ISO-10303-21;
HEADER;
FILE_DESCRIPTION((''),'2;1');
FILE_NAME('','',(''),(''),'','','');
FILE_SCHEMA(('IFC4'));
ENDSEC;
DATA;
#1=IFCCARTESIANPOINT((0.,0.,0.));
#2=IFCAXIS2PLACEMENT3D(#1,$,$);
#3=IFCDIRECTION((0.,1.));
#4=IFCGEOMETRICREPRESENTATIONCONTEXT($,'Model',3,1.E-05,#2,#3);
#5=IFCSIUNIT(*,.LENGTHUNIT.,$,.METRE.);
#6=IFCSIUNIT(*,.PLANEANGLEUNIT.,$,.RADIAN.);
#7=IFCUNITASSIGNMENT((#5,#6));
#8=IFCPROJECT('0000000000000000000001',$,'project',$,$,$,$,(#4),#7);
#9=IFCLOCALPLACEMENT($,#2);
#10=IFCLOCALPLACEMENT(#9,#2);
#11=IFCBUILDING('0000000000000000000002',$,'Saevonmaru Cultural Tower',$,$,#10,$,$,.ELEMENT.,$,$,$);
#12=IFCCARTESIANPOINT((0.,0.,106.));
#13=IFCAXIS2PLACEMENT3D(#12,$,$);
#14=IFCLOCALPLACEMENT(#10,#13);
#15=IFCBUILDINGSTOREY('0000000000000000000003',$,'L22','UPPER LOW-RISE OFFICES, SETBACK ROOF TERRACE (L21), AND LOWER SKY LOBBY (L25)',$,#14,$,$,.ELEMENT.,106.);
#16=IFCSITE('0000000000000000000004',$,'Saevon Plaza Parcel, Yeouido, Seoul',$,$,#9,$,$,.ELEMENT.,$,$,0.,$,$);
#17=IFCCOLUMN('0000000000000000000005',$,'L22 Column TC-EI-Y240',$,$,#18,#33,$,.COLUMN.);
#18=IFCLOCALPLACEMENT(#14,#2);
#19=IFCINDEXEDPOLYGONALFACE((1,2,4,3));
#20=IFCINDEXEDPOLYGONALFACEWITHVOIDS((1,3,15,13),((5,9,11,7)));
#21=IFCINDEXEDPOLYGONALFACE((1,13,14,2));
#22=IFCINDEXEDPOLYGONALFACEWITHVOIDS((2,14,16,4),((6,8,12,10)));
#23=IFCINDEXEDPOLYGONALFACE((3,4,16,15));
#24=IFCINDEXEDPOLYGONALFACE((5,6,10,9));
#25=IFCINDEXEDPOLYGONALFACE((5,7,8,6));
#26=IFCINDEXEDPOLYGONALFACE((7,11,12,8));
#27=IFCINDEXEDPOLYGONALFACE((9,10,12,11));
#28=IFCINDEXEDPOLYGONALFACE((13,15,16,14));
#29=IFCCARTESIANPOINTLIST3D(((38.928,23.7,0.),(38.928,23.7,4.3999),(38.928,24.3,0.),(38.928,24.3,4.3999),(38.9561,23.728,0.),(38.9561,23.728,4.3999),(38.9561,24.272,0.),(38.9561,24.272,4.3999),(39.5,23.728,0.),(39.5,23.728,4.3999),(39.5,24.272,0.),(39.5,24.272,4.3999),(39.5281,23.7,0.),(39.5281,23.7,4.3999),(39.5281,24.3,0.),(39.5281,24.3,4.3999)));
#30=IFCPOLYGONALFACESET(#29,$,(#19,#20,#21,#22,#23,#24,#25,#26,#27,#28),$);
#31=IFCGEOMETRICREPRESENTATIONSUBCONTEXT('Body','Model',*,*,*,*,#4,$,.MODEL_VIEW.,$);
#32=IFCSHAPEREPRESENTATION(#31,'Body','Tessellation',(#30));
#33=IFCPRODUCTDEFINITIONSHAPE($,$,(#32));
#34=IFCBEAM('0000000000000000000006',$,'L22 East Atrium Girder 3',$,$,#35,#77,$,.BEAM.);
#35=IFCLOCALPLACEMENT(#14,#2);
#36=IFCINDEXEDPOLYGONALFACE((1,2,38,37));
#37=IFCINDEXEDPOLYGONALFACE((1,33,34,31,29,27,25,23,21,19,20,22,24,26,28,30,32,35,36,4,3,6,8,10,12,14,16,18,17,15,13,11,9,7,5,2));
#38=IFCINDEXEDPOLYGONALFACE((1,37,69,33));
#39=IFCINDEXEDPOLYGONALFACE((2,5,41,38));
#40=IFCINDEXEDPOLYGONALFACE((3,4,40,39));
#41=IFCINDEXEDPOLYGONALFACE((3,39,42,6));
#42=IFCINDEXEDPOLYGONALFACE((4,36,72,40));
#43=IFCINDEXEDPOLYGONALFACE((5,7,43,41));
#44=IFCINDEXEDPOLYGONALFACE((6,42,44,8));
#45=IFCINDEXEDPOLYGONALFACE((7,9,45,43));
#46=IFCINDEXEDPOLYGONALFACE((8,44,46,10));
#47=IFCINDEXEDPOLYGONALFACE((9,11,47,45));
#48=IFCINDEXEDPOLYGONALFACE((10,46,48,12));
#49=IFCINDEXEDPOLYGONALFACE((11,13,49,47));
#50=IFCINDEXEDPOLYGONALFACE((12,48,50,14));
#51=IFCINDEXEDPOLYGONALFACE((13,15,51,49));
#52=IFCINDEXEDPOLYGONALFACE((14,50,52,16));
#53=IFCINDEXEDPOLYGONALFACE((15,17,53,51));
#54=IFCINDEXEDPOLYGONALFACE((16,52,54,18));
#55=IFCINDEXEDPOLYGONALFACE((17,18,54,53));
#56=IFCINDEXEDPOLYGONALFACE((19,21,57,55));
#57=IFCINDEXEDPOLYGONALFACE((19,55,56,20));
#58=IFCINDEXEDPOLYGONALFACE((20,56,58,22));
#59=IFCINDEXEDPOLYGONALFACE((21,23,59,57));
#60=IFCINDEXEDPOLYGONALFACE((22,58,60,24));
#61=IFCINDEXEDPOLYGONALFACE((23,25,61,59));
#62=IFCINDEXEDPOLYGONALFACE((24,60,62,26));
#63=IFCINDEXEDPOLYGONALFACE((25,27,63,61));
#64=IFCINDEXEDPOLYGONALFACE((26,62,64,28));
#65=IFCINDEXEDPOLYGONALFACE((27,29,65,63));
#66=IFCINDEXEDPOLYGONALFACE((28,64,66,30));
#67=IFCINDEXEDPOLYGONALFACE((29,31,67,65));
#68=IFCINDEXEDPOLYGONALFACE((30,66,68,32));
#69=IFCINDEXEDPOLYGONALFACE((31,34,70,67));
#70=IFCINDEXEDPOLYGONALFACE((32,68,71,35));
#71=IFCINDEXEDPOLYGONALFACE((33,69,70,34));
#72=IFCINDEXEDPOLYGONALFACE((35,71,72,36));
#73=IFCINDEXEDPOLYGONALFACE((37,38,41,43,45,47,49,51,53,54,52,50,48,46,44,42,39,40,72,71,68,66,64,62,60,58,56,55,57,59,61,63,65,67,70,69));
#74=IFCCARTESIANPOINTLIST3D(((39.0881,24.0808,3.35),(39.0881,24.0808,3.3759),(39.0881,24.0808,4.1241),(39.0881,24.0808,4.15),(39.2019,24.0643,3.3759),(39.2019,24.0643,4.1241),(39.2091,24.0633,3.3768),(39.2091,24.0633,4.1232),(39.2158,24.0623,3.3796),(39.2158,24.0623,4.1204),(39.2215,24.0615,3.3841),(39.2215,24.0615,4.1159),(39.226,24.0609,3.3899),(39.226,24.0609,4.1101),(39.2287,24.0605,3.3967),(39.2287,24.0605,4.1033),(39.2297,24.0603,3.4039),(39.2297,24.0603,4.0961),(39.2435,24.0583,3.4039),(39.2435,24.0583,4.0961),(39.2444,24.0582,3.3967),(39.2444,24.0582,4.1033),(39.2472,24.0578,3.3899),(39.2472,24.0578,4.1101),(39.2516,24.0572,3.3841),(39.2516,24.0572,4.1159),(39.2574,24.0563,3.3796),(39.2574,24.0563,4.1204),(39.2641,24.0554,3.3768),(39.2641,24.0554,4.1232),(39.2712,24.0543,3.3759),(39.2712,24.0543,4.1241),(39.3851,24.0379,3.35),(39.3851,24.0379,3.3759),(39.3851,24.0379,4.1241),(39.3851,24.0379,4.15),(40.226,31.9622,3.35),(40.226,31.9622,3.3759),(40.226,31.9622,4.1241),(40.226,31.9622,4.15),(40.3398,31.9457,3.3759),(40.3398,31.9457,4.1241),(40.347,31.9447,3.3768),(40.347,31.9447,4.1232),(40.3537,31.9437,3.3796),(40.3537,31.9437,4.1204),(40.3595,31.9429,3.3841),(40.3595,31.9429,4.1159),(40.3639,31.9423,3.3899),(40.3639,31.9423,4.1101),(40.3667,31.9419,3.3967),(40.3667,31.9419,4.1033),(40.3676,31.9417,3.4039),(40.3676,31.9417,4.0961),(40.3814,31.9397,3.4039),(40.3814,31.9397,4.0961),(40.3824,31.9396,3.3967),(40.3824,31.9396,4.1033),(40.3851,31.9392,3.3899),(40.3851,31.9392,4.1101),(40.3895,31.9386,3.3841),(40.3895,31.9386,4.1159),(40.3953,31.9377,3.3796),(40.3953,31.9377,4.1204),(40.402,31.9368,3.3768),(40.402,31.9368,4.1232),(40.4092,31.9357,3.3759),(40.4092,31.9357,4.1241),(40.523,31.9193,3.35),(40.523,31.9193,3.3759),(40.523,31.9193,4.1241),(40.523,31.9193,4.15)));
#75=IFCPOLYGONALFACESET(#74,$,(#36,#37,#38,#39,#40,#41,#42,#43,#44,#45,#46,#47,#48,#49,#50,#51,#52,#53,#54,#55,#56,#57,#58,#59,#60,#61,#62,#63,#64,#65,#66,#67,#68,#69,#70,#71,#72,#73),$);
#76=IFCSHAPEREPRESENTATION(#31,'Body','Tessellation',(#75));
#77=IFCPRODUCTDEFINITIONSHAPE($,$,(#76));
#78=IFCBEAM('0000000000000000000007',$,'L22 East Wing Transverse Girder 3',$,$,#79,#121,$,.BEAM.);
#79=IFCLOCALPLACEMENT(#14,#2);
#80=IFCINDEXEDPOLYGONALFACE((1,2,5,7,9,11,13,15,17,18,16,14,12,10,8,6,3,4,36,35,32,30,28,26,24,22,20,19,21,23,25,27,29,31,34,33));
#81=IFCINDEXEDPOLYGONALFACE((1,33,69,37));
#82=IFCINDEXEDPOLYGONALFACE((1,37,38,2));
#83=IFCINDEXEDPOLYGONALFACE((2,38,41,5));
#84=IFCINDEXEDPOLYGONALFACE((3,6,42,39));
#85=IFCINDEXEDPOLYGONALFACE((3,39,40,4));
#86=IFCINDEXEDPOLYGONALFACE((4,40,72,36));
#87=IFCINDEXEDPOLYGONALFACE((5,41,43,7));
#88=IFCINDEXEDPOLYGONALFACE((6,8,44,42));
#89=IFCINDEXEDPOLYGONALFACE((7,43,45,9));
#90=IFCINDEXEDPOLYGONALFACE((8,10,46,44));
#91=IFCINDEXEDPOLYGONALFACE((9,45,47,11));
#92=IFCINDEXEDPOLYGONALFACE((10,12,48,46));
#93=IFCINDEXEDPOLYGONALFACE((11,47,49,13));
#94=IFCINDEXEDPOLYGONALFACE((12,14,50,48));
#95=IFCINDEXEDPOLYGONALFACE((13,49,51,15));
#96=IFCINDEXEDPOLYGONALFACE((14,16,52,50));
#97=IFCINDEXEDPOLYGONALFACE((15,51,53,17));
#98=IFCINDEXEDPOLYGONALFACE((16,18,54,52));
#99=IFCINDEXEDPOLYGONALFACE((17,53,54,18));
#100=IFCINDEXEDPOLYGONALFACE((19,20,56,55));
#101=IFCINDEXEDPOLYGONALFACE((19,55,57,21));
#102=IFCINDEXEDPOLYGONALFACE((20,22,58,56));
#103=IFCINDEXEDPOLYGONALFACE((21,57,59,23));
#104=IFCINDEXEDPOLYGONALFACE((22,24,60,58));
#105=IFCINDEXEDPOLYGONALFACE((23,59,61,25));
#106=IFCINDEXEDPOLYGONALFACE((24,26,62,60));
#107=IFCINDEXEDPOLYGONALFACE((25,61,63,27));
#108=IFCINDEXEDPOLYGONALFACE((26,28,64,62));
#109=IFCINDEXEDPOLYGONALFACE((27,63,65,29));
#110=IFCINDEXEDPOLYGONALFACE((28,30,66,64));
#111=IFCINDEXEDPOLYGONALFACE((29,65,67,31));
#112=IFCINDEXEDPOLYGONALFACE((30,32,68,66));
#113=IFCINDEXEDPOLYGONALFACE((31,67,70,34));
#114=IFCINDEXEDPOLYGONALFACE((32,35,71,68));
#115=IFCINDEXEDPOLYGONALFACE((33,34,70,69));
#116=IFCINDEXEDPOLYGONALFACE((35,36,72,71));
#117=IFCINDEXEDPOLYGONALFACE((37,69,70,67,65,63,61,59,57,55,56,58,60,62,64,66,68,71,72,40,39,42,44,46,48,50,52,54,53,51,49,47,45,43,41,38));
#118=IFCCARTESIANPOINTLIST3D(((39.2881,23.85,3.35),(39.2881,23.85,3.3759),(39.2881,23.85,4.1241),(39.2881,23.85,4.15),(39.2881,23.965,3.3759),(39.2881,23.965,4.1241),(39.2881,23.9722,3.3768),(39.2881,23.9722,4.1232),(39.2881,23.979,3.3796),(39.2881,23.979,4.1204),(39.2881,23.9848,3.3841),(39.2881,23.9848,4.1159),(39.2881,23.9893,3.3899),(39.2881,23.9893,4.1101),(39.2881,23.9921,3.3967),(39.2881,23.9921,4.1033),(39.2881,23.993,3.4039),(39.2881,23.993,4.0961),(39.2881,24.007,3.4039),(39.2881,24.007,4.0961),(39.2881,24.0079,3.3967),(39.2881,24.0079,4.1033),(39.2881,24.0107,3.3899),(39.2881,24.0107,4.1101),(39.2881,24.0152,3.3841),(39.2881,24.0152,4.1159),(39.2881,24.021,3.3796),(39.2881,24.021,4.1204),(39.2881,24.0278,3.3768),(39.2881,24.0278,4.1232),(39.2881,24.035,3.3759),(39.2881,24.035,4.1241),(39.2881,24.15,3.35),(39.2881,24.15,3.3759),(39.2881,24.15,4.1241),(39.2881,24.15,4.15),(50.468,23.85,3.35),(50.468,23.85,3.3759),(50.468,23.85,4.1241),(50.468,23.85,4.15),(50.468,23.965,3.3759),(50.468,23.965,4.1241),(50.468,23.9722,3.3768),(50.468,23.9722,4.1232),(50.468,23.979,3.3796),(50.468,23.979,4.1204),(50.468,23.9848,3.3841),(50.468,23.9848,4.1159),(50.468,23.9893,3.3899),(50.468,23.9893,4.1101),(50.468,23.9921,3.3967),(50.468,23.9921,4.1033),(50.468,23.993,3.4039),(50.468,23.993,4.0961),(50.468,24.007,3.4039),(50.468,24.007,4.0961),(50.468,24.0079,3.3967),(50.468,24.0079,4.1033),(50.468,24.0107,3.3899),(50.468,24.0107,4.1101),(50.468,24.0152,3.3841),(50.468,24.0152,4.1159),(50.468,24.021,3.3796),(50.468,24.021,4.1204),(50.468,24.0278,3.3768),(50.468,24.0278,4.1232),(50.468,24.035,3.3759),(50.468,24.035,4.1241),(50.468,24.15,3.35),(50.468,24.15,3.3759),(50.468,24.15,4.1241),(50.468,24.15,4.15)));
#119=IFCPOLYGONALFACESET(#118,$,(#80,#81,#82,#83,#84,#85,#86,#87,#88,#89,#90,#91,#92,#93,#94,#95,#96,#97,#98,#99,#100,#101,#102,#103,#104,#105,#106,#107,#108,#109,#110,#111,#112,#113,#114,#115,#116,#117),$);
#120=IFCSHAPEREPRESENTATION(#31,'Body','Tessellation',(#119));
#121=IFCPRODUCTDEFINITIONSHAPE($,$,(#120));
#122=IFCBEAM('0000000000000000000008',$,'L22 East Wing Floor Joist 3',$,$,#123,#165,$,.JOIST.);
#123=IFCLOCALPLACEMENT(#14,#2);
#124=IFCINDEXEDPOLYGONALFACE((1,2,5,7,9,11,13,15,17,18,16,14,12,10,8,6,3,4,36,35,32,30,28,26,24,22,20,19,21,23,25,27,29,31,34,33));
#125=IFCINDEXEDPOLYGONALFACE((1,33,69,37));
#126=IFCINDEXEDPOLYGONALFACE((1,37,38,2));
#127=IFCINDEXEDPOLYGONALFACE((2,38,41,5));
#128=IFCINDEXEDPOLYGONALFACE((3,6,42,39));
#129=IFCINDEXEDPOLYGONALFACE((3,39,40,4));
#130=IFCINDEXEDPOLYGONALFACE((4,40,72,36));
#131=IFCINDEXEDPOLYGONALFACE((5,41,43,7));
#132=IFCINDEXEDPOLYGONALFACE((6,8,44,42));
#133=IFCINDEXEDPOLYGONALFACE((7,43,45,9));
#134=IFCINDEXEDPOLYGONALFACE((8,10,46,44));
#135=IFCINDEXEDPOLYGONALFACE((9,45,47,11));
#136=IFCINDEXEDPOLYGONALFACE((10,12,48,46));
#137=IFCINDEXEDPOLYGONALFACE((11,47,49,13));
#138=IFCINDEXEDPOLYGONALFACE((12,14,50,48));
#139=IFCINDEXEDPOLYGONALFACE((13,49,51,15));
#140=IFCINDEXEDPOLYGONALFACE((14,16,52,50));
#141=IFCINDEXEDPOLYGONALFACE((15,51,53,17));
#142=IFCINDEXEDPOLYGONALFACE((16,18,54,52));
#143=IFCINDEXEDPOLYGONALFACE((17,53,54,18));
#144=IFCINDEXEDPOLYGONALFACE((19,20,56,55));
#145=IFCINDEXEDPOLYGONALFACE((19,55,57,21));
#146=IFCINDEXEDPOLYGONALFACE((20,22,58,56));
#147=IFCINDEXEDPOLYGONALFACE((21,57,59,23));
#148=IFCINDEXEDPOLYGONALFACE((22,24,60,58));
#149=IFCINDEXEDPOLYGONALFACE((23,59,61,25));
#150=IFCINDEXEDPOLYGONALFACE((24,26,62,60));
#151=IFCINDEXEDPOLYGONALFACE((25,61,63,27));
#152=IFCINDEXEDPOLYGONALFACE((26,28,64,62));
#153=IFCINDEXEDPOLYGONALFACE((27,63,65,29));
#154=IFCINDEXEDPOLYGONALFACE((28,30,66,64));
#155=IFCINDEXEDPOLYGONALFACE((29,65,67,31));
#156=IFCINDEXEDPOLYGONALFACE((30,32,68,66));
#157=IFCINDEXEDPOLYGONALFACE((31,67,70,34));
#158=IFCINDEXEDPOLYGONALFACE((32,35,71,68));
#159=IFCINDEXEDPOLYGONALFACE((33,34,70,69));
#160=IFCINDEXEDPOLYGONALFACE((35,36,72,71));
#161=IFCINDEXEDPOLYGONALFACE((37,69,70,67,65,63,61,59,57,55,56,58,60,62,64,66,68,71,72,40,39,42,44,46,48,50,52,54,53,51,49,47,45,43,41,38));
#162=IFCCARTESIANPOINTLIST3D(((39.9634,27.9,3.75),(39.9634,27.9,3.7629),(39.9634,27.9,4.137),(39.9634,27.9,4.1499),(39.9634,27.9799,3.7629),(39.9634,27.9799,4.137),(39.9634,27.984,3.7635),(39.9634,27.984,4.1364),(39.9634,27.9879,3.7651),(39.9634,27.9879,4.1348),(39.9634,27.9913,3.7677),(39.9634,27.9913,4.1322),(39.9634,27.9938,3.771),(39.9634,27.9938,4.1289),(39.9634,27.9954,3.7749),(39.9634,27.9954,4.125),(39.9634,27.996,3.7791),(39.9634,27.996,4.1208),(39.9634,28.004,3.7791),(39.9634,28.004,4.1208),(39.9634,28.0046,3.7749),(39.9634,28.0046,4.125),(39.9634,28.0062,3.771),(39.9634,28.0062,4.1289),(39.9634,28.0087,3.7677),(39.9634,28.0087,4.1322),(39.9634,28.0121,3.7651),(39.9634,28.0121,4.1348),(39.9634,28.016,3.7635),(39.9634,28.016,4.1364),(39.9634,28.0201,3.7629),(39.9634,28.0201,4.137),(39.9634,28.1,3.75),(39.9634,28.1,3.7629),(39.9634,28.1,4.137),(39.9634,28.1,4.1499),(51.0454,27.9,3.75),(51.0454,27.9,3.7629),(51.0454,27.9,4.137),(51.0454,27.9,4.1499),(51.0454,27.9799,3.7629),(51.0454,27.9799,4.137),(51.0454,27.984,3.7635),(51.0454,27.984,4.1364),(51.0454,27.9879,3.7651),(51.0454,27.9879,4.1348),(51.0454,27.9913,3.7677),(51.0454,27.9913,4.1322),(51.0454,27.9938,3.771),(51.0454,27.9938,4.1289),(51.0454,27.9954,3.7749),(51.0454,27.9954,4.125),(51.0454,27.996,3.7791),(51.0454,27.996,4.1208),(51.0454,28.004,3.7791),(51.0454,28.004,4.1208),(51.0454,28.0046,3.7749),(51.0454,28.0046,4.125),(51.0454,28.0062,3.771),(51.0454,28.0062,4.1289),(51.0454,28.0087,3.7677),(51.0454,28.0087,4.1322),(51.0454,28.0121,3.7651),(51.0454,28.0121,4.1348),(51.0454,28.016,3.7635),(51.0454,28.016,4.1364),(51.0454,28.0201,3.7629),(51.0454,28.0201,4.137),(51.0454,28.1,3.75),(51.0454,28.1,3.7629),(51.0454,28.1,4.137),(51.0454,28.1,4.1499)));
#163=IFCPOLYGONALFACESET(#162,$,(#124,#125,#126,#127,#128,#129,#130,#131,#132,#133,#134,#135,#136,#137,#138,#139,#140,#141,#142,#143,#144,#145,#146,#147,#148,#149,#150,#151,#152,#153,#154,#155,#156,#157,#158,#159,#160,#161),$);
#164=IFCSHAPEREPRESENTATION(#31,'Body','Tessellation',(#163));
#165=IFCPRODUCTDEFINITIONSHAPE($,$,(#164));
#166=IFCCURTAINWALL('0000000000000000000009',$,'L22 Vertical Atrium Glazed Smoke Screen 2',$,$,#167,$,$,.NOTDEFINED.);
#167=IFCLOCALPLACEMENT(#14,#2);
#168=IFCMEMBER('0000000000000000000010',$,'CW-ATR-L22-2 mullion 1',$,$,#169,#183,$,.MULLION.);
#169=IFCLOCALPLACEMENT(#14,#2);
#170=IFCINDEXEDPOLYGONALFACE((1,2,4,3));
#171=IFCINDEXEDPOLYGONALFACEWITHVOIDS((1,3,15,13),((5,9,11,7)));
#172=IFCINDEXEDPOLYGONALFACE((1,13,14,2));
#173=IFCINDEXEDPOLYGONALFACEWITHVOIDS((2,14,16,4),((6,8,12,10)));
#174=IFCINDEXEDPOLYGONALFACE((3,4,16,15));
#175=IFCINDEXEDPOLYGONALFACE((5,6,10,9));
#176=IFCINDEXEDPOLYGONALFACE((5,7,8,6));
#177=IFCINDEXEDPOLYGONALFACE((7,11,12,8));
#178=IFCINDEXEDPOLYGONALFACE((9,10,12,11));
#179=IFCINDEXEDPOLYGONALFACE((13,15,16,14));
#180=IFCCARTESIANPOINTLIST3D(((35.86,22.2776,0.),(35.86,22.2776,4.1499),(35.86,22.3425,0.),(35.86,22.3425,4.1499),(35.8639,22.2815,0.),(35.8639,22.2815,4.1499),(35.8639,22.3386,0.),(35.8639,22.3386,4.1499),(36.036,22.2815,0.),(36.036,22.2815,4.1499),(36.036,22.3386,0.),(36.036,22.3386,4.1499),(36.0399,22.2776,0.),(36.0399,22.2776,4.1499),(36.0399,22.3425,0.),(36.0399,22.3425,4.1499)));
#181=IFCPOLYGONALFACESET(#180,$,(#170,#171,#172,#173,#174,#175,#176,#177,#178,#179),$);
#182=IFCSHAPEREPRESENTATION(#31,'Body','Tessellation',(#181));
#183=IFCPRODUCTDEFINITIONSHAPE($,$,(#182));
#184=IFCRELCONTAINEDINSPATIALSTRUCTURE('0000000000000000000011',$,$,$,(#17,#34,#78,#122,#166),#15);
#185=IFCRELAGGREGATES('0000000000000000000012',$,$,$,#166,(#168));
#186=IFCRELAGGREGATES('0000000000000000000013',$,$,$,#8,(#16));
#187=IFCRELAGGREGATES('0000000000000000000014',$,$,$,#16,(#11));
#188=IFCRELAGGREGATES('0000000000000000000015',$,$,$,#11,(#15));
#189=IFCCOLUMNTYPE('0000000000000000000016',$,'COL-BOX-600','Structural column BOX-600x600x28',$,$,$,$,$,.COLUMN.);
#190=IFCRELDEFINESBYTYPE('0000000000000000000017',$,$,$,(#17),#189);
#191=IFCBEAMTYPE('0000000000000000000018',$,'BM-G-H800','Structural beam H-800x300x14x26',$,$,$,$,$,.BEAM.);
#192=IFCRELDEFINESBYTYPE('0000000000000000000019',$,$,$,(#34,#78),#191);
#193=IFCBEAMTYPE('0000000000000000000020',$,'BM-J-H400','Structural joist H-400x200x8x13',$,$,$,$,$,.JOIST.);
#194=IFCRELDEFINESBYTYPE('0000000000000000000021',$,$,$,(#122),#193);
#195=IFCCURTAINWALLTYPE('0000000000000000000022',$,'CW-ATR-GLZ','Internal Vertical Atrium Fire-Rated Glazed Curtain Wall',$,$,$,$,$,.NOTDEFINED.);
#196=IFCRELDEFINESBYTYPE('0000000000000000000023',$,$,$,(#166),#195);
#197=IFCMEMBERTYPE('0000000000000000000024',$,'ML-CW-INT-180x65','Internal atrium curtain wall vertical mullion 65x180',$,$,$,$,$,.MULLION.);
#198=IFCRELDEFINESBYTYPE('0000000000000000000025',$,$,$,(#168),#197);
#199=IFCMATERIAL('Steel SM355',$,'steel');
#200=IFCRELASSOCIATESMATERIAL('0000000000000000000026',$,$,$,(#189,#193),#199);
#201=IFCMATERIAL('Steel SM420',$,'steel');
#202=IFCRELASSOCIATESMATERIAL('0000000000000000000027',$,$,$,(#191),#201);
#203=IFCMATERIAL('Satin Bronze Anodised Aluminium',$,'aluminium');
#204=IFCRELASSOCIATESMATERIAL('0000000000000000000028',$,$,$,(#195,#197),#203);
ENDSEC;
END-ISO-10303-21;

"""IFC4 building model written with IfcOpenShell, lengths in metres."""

from ifc_helpers import new_model, si_unit, direction, frame, origin, origin_2d, place, context, subcontext, project, spatial, hollow_rectangle, i_section, extrude, material, material_profile, profile_set, type_object, element, aggregate, save


model = new_model("IFC4")

# Units and contexts
model_context = context("Model", 3, precision=1e-05, world=origin(), true_north=direction((0.0, 1.0)))
body_context = subcontext(model_context, "Body", "Model", "MODEL_VIEW")
ifc_project = project(units=[si_unit("LENGTHUNIT", "METRE"), si_unit("PLANEANGLEUNIT", "RADIAN")], contexts=[model_context])

# Site, building, storey
site_placement = place(None, origin())
site = spatial("IfcSite", under=ifc_project, at=site_placement, Name="Saevon Plaza Parcel, Yeouido, Seoul", CompositionType="ELEMENT", RefElevation=0.0)
building_placement = place(site_placement, origin())
building = spatial("IfcBuilding", under=site, at=building_placement, Name="Saevonmaru Cultural Tower", CompositionType="ELEMENT")
storey_placement = place(building_placement, frame((0.0, 0.0, 106.0)))
storey = spatial("IfcBuildingStorey", under=building, at=storey_placement, Name="L22", Description="UPPER LOW-RISE OFFICES, SETBACK ROOF TERRACE (L21), AND LOWER SKY LOBBY (L25)", CompositionType="ELEMENT", Elevation=106.0)

# Column
ifc_material_1 = material(Name="Steel SM355", Category="steel")
ifc_material_profile_1 = material_profile(ifc_material_1, hollow_rectangle(XDim=0.6001, YDim=0.6001, WallThickness=0.0281, at=origin_2d()), Name="BOX-600x600x28")
ifc_profile_set_1 = profile_set([ifc_material_profile_1], Name="Steel SM355")
column_type = type_object("IfcColumnType", Name="COL-BOX-600", Description="Structural column BOX-600x600x28", PredefinedType="COLUMN", material=ifc_profile_set_1)
column_placement = place(storey_placement, frame((39.228, 24.0, 0.0), z_axis=(0.0, 0.0, 1.0), x_axis=(1.0, 0.0, 0.0)))
element("IfcColumn", 1, at=column_placement, inside=storey, type_object=column_type, Name="L22 Column TC-EI-Y240", PredefinedType="COLUMN", context=body_context, shape_type="SweptSolid", body=[
    extrude(hollow_rectangle(XDim=0.6001, YDim=0.6001, WallThickness=0.0281, at=origin_2d()), origin(), (0.0, 0.0, 1.0), 4.3999),
])

# Beams
ifc_material_2 = material(Name="Steel SM420", Category="steel")
ifc_material_profile_2 = material_profile(ifc_material_2, i_section(OverallWidth=0.3, OverallDepth=0.8, WebThickness=0.0139, FlangeThickness=0.0259, FilletRadius=0.0281, at=origin_2d()), Name="H-800x300x14x26")
ifc_profile_set_2 = profile_set([ifc_material_profile_2], Name="Steel SM420")
beam_type_1 = type_object("IfcBeamType", Name="BM-G-H800", Description="Structural beam H-800x300x14x26", PredefinedType="BEAM", material=ifc_profile_set_2)
beam_1_placement = place(storey_placement, frame((39.2366, 24.0593, 3.75), z_axis=(0.142902, 0.989737, 0.0), x_axis=(-0.989737, 0.142902, 0.0)))
element("IfcBeam", 2, at=beam_1_placement, inside=storey, type_object=beam_type_1, Name="L22 East Atrium Girder 3", PredefinedType="BEAM", context=body_context, shape_type="SweptSolid", body=[
    extrude(i_section(OverallWidth=0.3, OverallDepth=0.8, WebThickness=0.0139, FlangeThickness=0.0259, FilletRadius=0.0281, at=origin_2d()), origin(), (0.0, 0.0, 1.0), 7.9631),
])
beam_2_placement = place(storey_placement, frame((39.2881, 24.0, 3.75), z_axis=(1.0, 0.0, 0.0), x_axis=(0.0, 1.0, 0.0)))
element("IfcBeam", 3, at=beam_2_placement, inside=storey, type_object=beam_type_1, Name="L22 East Wing Transverse Girder 3", PredefinedType="BEAM", context=body_context, shape_type="SweptSolid", body=[
    extrude(i_section(OverallWidth=0.3, OverallDepth=0.8, WebThickness=0.0139, FlangeThickness=0.0259, FilletRadius=0.0281, at=origin_2d()), origin(), (0.0, 0.0, 1.0), 11.1799),
])
ifc_material_profile_3 = material_profile(ifc_material_1, i_section(OverallWidth=0.2, OverallDepth=0.3999, WebThickness=0.0081, FlangeThickness=0.0129, FilletRadius=0.0161, at=origin_2d()), Name="H-400x200x8x13")
ifc_profile_set_3 = profile_set([ifc_material_profile_3], Name="Steel SM355")
beam_type_2 = type_object("IfcBeamType", Name="BM-J-H400", Description="Structural joist H-400x200x8x13", PredefinedType="JOIST", material=ifc_profile_set_3)
beam_3_placement = place(storey_placement, frame((39.9634, 28.0, 3.95), z_axis=(1.0, 0.0, 0.0), x_axis=(0.0, 1.0, 0.0)))
element("IfcBeam", 4, at=beam_3_placement, inside=storey, type_object=beam_type_2, Name="L22 East Wing Floor Joist 3", PredefinedType="JOIST", context=body_context, shape_type="SweptSolid", body=[
    extrude(i_section(OverallWidth=0.2, OverallDepth=0.3999, WebThickness=0.0081, FlangeThickness=0.0129, FilletRadius=0.0161, at=origin_2d()), origin(), (0.0, 0.0, 1.0), 11.082),
])

# Curtain wall, member
ifc_material_3 = material(Name="Satin Bronze Anodised Aluminium", Category="aluminium")
curtain_wall_type = type_object("IfcCurtainWallType", Name="CW-ATR-GLZ", Description="Internal Vertical Atrium Fire-Rated Glazed Curtain Wall", PredefinedType="NOTDEFINED", material=ifc_material_3)
curtain_wall_1_placement = place(storey_placement, origin())
curtain_wall_1 = element("IfcCurtainWall", 5, at=curtain_wall_1_placement, inside=storey, type_object=curtain_wall_type, Name="L22 Vertical Atrium Glazed Smoke Screen 2", PredefinedType="NOTDEFINED")
ifc_material_profile_4 = material_profile(ifc_material_3, hollow_rectangle(XDim=0.0649, YDim=0.1799, WallThickness=0.0039, at=origin_2d()), Name="ALU-MULL-180x65x4")
ifc_profile_set_4 = profile_set([ifc_material_profile_4], Name="Satin Bronze Anodised Aluminium")
member_type_1 = type_object("IfcMemberType", Name="ML-CW-INT-180x65", Description="Internal atrium curtain wall vertical mullion 65x180", PredefinedType="MULLION", material=ifc_profile_set_4)
member_1_placement = place(storey_placement, frame((35.95, 22.3101, 0.0), z_axis=(0.0, 0.0, 1.0), x_axis=(0.0, 1.0, 0.0)))
member_1 = element("IfcMember", 6, at=member_1_placement, type_object=member_type_1, Name="CW-ATR-L22-2 mullion 1", PredefinedType="MULLION", context=body_context, shape_type="SweptSolid", body=[
    extrude(hollow_rectangle(XDim=0.0649, YDim=0.1799, WallThickness=0.0039, at=origin_2d()), origin(), (0.0, 0.0, 1.0), 4.1499),
])

aggregate(curtain_wall_1, [member_1])

save(model, "model.ifc")
